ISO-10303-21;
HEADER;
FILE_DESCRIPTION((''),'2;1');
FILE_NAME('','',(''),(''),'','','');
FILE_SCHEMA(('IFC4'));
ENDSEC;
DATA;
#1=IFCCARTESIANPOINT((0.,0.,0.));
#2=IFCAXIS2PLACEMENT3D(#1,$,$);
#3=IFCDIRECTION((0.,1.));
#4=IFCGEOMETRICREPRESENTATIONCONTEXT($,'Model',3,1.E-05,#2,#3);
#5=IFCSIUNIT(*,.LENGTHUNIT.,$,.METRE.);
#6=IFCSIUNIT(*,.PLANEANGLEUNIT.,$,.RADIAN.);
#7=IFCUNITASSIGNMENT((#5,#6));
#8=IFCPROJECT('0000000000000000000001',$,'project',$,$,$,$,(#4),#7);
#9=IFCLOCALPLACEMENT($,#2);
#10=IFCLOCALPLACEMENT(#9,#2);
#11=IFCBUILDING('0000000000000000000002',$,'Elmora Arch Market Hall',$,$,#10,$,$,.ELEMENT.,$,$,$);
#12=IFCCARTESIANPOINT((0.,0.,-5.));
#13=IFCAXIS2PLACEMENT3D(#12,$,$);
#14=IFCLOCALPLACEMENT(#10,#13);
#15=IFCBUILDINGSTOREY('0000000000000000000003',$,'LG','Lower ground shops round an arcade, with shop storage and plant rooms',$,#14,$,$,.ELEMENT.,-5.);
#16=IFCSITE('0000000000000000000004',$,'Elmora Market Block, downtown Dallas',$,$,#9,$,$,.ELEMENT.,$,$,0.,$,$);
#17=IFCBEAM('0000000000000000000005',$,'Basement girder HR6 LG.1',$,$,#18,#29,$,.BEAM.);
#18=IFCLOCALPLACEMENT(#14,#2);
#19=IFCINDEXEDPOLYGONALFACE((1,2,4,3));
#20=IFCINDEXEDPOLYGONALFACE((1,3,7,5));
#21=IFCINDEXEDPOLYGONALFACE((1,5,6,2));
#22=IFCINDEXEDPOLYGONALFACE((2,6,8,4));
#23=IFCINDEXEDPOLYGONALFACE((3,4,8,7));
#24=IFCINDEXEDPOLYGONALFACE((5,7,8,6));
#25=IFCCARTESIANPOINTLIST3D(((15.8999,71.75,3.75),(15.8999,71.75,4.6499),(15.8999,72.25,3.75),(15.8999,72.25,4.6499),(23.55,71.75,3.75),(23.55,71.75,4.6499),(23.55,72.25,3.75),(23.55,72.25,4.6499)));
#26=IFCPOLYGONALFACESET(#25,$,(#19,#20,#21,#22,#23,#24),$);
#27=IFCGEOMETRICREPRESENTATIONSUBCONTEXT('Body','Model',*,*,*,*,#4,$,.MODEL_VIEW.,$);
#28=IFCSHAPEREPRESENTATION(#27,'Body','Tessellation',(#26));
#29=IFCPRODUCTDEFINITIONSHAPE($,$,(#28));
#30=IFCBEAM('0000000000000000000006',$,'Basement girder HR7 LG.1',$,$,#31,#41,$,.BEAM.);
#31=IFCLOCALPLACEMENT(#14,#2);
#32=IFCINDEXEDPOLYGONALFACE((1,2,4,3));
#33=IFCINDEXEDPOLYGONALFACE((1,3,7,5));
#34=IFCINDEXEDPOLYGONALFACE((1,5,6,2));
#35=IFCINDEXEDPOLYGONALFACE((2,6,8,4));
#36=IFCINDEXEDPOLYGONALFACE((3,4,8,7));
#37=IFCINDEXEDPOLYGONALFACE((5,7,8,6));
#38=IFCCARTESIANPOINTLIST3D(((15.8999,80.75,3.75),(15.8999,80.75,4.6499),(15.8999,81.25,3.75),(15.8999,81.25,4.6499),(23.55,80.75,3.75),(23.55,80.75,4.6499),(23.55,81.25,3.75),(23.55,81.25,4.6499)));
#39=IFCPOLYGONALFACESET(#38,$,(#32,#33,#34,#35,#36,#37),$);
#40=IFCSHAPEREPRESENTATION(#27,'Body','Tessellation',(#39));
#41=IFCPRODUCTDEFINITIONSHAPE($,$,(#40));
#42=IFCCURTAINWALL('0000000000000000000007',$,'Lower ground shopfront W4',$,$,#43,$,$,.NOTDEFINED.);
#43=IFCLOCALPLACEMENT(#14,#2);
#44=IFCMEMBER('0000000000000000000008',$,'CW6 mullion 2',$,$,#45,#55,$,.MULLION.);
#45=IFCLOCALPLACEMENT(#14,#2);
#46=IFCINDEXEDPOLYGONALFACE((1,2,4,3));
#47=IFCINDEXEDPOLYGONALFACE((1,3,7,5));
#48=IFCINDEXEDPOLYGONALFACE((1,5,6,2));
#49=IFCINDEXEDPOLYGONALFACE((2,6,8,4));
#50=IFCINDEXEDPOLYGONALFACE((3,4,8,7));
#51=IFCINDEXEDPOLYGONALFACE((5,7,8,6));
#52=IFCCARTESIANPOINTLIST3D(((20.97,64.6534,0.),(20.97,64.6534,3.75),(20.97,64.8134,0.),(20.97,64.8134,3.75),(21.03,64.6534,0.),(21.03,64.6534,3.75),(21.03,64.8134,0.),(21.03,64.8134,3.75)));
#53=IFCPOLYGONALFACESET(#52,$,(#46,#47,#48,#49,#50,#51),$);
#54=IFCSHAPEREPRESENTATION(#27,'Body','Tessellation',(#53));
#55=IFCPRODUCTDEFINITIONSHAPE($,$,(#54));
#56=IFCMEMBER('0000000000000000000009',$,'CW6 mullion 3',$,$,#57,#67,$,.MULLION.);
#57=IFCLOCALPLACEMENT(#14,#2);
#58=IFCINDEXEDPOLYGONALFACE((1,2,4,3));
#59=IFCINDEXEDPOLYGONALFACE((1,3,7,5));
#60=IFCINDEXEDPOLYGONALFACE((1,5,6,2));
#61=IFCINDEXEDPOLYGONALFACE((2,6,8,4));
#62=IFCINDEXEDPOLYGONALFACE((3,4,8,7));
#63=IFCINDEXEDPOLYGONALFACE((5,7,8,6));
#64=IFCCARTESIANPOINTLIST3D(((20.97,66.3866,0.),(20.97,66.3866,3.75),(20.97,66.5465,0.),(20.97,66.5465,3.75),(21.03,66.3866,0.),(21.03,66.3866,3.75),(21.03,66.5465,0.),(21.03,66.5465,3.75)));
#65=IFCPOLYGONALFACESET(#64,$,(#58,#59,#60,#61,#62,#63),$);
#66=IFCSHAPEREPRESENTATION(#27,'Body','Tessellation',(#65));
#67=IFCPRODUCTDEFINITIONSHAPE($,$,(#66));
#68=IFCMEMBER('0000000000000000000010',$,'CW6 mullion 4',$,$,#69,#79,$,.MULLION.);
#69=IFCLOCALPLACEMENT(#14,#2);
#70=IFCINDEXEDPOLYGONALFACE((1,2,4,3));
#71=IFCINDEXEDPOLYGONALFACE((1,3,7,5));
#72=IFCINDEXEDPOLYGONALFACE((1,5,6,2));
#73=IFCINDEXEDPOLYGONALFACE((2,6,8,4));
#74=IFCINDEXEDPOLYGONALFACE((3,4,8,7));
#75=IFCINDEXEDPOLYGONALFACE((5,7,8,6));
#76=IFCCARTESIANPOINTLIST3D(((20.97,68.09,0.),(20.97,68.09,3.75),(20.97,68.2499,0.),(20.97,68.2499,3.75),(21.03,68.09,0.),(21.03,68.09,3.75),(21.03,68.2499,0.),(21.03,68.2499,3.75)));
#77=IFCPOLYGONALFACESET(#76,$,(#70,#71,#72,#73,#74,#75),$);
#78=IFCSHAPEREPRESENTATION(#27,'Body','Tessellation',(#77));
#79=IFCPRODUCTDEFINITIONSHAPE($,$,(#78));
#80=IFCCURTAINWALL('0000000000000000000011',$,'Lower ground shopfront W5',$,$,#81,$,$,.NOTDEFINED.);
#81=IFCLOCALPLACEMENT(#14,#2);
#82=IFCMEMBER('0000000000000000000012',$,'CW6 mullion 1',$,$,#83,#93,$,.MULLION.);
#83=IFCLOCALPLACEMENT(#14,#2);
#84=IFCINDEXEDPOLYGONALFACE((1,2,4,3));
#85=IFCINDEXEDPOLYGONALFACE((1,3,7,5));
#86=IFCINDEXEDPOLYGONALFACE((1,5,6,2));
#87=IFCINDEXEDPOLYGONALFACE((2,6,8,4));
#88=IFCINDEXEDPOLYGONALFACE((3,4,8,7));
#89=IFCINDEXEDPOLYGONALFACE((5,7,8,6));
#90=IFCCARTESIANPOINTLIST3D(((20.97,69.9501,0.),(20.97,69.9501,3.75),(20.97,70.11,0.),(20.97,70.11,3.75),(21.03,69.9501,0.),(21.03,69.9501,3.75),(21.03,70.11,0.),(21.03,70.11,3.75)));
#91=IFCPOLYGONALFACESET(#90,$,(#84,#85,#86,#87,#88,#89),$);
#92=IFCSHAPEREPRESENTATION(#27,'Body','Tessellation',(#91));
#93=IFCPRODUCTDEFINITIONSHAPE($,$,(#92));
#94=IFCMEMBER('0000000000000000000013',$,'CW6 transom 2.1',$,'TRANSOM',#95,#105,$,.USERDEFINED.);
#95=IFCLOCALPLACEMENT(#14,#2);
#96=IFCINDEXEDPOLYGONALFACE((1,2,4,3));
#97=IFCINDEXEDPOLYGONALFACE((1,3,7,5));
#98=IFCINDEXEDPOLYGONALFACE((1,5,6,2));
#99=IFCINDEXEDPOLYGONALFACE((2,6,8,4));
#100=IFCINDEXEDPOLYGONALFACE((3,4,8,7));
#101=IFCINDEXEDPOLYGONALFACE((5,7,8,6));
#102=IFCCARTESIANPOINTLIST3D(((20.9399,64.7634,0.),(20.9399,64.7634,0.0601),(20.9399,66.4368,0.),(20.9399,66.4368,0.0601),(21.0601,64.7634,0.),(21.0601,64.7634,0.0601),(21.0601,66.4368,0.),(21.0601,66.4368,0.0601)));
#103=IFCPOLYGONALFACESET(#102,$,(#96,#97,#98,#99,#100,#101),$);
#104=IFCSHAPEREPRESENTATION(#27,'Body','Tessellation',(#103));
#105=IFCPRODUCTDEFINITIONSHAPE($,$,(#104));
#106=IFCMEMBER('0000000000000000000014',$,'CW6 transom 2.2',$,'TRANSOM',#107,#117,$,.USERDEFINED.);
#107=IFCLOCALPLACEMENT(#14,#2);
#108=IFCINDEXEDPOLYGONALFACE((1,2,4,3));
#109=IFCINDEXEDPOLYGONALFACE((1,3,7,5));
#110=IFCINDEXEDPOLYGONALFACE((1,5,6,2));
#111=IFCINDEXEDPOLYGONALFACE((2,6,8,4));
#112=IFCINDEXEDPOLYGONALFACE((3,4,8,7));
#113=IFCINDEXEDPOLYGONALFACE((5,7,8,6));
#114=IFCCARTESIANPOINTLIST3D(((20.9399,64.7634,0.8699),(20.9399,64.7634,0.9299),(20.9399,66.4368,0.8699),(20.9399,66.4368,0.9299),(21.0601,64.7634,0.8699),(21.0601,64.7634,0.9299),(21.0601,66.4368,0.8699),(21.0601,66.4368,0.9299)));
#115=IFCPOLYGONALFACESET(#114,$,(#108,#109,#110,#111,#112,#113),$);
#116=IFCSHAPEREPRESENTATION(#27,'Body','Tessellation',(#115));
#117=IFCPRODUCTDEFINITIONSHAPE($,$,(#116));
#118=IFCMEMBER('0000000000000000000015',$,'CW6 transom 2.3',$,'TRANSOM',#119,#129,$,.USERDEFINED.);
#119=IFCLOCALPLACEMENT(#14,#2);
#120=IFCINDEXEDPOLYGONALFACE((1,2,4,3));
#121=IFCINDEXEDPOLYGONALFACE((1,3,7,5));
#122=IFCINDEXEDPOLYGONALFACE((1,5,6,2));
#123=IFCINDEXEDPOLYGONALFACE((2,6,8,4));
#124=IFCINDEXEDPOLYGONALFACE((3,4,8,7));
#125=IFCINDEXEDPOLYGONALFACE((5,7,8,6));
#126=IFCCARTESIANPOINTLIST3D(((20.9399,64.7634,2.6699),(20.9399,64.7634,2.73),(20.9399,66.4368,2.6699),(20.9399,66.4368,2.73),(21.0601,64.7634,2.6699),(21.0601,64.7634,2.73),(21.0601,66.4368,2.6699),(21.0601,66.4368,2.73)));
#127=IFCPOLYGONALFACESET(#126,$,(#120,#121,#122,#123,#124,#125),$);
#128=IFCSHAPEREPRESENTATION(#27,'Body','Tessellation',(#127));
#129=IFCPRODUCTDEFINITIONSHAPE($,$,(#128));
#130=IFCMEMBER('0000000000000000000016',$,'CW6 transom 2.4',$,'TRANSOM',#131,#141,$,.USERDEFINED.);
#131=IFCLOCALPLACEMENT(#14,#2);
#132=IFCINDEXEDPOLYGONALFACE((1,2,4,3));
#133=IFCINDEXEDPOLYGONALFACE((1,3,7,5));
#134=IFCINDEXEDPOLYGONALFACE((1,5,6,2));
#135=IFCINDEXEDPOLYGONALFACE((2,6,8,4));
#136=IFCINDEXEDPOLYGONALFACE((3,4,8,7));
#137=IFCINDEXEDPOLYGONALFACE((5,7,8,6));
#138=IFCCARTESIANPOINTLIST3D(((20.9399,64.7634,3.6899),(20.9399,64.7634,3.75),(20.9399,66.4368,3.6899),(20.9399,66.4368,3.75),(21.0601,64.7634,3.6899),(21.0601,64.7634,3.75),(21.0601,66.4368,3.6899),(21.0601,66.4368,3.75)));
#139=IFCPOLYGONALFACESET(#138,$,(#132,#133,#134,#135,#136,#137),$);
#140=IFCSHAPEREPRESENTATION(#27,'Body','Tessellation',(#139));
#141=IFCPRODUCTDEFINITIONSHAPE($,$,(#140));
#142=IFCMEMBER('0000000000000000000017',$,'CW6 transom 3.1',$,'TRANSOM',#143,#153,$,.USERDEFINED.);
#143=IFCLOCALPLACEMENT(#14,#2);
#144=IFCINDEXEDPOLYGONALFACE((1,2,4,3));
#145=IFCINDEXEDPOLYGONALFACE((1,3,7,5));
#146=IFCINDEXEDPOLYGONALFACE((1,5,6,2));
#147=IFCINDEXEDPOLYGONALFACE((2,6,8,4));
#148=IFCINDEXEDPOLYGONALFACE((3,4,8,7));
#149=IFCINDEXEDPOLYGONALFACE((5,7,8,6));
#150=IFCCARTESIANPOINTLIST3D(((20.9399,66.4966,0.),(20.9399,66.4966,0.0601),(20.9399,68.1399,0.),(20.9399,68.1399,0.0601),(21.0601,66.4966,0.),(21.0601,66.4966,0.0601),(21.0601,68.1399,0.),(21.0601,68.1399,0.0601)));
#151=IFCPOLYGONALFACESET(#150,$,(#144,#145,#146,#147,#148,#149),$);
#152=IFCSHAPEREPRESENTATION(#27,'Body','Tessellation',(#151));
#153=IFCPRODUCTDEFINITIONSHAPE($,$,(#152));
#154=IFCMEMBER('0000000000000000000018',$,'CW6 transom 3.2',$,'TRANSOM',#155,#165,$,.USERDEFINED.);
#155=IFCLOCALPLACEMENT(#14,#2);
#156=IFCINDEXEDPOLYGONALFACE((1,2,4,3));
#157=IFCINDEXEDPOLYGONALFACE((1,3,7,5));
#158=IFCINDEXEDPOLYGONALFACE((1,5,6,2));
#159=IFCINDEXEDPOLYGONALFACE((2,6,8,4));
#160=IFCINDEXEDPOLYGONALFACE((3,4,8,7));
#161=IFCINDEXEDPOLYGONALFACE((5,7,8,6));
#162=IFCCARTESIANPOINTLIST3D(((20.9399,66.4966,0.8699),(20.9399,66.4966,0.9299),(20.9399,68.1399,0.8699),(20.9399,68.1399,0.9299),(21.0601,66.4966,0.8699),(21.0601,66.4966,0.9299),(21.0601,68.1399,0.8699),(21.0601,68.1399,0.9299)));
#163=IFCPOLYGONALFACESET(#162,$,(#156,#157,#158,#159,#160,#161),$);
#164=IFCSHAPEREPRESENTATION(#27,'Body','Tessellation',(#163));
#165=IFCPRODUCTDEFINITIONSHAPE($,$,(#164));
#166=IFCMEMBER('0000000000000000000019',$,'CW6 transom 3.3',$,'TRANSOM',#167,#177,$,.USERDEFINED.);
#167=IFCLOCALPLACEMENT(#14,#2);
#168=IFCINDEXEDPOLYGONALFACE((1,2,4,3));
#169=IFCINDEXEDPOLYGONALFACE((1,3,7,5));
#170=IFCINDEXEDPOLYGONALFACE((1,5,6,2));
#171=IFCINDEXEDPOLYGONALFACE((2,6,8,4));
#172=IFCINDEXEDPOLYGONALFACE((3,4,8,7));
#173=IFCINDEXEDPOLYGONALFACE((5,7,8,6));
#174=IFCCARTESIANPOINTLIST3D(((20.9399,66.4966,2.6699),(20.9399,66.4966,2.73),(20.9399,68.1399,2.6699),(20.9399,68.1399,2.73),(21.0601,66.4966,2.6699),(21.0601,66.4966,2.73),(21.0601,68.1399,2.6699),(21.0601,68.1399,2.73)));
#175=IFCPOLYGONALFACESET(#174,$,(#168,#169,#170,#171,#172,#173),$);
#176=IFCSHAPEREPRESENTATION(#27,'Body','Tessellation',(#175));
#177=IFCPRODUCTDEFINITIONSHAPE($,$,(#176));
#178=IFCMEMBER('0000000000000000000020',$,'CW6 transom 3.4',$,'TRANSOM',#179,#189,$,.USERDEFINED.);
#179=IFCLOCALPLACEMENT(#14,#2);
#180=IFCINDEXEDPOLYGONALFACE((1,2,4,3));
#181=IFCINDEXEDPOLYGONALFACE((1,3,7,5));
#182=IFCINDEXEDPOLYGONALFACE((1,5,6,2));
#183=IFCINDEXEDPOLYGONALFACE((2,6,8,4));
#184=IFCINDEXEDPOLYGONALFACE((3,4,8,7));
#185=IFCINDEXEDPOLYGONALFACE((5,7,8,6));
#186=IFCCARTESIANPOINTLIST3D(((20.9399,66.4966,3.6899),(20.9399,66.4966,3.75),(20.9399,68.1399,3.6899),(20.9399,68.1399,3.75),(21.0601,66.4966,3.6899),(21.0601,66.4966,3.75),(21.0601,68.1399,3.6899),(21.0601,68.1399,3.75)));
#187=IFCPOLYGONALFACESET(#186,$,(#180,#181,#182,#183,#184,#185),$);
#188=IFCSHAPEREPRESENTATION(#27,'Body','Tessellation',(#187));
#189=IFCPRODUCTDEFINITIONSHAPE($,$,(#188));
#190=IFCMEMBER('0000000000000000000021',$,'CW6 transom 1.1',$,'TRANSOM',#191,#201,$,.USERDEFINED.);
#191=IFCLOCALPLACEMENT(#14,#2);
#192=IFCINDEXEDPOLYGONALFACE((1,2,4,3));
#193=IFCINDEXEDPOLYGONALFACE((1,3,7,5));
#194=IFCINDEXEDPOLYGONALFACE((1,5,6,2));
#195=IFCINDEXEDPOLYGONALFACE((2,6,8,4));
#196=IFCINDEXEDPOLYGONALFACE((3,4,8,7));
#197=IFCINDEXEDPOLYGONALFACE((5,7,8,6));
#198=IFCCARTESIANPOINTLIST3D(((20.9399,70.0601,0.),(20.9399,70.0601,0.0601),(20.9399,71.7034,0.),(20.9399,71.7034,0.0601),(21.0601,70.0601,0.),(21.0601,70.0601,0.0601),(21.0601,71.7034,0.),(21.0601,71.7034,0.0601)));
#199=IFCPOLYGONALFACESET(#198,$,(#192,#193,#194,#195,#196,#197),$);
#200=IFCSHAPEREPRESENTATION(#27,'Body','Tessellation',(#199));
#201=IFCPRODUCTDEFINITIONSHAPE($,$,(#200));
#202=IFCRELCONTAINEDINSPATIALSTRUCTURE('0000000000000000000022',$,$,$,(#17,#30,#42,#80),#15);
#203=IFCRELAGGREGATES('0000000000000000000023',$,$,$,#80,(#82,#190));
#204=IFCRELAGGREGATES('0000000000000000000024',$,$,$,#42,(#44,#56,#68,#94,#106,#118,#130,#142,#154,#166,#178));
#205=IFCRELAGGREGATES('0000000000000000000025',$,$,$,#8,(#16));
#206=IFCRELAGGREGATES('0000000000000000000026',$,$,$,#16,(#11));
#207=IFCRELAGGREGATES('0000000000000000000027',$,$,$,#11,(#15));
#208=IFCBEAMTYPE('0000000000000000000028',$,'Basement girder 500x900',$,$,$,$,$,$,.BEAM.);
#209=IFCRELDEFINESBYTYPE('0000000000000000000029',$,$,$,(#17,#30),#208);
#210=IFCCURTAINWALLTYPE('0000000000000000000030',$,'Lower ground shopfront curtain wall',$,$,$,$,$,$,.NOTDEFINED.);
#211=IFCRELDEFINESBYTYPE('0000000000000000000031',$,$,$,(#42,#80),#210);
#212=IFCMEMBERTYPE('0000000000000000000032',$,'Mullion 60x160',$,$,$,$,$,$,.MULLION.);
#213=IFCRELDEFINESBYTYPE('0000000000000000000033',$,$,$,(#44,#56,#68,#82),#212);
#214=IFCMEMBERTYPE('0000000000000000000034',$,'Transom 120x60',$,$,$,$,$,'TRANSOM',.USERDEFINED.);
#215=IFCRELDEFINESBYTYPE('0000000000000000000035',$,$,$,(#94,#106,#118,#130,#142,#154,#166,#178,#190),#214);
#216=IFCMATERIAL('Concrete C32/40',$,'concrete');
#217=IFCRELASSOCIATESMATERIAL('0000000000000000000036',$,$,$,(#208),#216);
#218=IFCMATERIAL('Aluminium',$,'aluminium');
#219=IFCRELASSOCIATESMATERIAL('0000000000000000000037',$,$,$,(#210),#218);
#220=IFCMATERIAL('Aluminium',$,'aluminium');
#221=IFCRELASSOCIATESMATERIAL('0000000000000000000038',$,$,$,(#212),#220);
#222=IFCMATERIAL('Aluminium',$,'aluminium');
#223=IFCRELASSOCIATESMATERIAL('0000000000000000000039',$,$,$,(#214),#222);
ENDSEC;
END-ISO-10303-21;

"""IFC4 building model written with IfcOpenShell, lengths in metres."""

from ifc_helpers import new_model, si_unit, direction, frame, origin, origin_2d, place, context, subcontext, project, spatial, rectangle, extrude, material, material_profile, profile_set, type_object, element, aggregate, save


model = new_model("IFC4")

# Units and contexts
model_context = context("Model", 3, precision=1e-05, world=origin(), true_north=direction((0.0, 1.0)))
body_context = subcontext(model_context, "Body", "Model", "MODEL_VIEW")
ifc_project = project(units=[si_unit("LENGTHUNIT", "METRE"), si_unit("PLANEANGLEUNIT", "RADIAN")], contexts=[model_context])

# Site, building, storey
site_placement = place(None, origin())
site = spatial("IfcSite", under=ifc_project, at=site_placement, Name="Elmora Market Block, downtown Dallas", CompositionType="ELEMENT", RefElevation=0.0)
building_placement = place(site_placement, origin())
building = spatial("IfcBuilding", under=site, at=building_placement, Name="Elmora Arch Market Hall", CompositionType="ELEMENT")
storey_placement = place(building_placement, frame((0.0, 0.0, -5.0)))
storey = spatial("IfcBuildingStorey", under=building, at=storey_placement, Name="LG", Description="Lower ground shops round an arcade, with shop storage and plant rooms", CompositionType="ELEMENT", Elevation=-5.0)

# Beams
ifc_material_1 = material(Name="Concrete C32/40", Category="concrete")
ifc_material_profile_1 = material_profile(ifc_material_1, rectangle(XDim=0.5, YDim=0.8999, at=origin_2d()), Name="Basement girder 500x900")
ifc_profile_set_1 = profile_set([ifc_material_profile_1], Name="Concrete C32/40")
beam_type = type_object("IfcBeamType", Name="Basement girder 500x900", PredefinedType="BEAM", material=ifc_profile_set_1)
for number, where, z_axis, x_axis, name in (
    (1, (15.8999, 72.0, 4.2), (1.0, 0.0, 0.0), (0.0, 1.0, 0.0), "Basement girder HR6 LG.1"),
    (2, (15.8999, 81.0, 4.2), (1.0, 0.0, 0.0), (0.0, 1.0, 0.0), "Basement girder HR7 LG.1"),
):
    element("IfcBeam", number, at=place(storey_placement, frame(where, z_axis=z_axis, x_axis=x_axis)), inside=storey, type_object=beam_type, Name=name, PredefinedType="BEAM", context=body_context, shape_type="SweptSolid", body=[
        extrude(rectangle(XDim=0.5, YDim=0.8999, at=origin_2d()), origin(), (0.0, 0.0, 1.0), 7.6501),
    ])

# Curtain wall, members
ifc_material_2 = material(Name="Aluminium", Category="aluminium")
curtain_wall_type = type_object("IfcCurtainWallType", Name="Lower ground shopfront curtain wall", PredefinedType="NOTDEFINED", material=ifc_material_2)
curtain_wall_1_placement = place(storey_placement, origin())
curtain_wall_1 = element("IfcCurtainWall", 3, at=curtain_wall_1_placement, inside=storey, type_object=curtain_wall_type, Name="Lower ground shopfront W4", PredefinedType="NOTDEFINED")
ifc_material_3 = material(Name="Aluminium", Category="aluminium")
ifc_material_profile_2 = material_profile(ifc_material_3, rectangle(XDim=0.0601, YDim=0.1599, at=origin_2d()), Name="AL 60x160")
ifc_profile_set_2 = profile_set([ifc_material_profile_2], Name="Aluminium")
member_type_1 = type_object("IfcMemberType", Name="Mullion 60x160", PredefinedType="MULLION", material=ifc_profile_set_2)
member_1_placement = place(storey_placement, frame((21.0, 64.7334, 0.0), z_axis=(0.0, 0.0, 1.0), x_axis=(-1.0, 0.0, 0.0)))
member_1 = element("IfcMember", 4, at=member_1_placement, type_object=member_type_1, Name="CW6 mullion 2", PredefinedType="MULLION", context=body_context, shape_type="SweptSolid", body=[
    extrude(rectangle(XDim=0.0601, YDim=0.1599, at=origin_2d()), origin(), (0.0, 0.0, 1.0), 3.75),
])
member_2_placement = place(storey_placement, frame((21.0, 66.4666, 0.0), z_axis=(0.0, 0.0, 1.0), x_axis=(-1.0, 0.0, 0.0)))
member_2 = element("IfcMember", 5, at=member_2_placement, type_object=member_type_1, Name="CW6 mullion 3", PredefinedType="MULLION", context=body_context, shape_type="SweptSolid", body=[
    extrude(rectangle(XDim=0.0601, YDim=0.1599, at=origin_2d()), origin(), (0.0, 0.0, 1.0), 3.75),
])
member_3_placement = place(storey_placement, frame((21.0, 68.1699, 0.0), z_axis=(0.0, 0.0, 1.0), x_axis=(-1.0, 0.0, 0.0)))
member_3 = element("IfcMember", 6, at=member_3_placement, type_object=member_type_1, Name="CW6 mullion 4", PredefinedType="MULLION", context=body_context, shape_type="SweptSolid", body=[
    extrude(rectangle(XDim=0.0601, YDim=0.1599, at=origin_2d()), origin(), (0.0, 0.0, 1.0), 3.75),
])

# Curtain wall, member
curtain_wall_2_placement = place(storey_placement, origin())
curtain_wall_2 = element("IfcCurtainWall", 7, at=curtain_wall_2_placement, inside=storey, type_object=curtain_wall_type, Name="Lower ground shopfront W5", PredefinedType="NOTDEFINED")
member_4_placement = place(storey_placement, frame((21.0, 70.03, 0.0), z_axis=(0.0, 0.0, 1.0), x_axis=(-1.0, 0.0, 0.0)))
member_4 = element("IfcMember", 8, at=member_4_placement, type_object=member_type_1, Name="CW6 mullion 1", PredefinedType="MULLION", context=body_context, shape_type="SweptSolid", body=[
    extrude(rectangle(XDim=0.0601, YDim=0.1599, at=origin_2d()), origin(), (0.0, 0.0, 1.0), 3.75),
])

# Members
ifc_material_4 = material(Name="Aluminium", Category="aluminium")
ifc_material_profile_3 = material_profile(ifc_material_4, rectangle(XDim=0.1201, YDim=0.0601, at=origin_2d()), Name="AL 120x60")
ifc_profile_set_3 = profile_set([ifc_material_profile_3], Name="Aluminium")
member_type_2 = type_object("IfcMemberType", Name="Transom 120x60", ElementType="TRANSOM", PredefinedType="USERDEFINED", material=ifc_profile_set_3)
member_5_placement = place(storey_placement, frame((21.0, 64.7634, 0.03), z_axis=(0.0, 1.0, 0.0), x_axis=(-1.0, 0.0, 0.0)))
member_5 = element("IfcMember", 9, at=member_5_placement, type_object=member_type_2, Name="CW6 transom 2.1", ObjectType="TRANSOM", PredefinedType="USERDEFINED", context=body_context, shape_type="SweptSolid", body=[
    extrude(rectangle(XDim=0.1201, YDim=0.0601, at=origin_2d()), origin(), (0.0, 0.0, 1.0), 1.6733),
])
member_6_placement = place(storey_placement, frame((21.0, 64.7634, 0.8999), z_axis=(0.0, 1.0, 0.0), x_axis=(-1.0, 0.0, 0.0)))
member_6 = element("IfcMember", 10, at=member_6_placement, type_object=member_type_2, Name="CW6 transom 2.2", ObjectType="TRANSOM", PredefinedType="USERDEFINED", context=body_context, shape_type="SweptSolid", body=[
    extrude(rectangle(XDim=0.1201, YDim=0.0601, at=origin_2d()), origin(), (0.0, 0.0, 1.0), 1.6733),
])
member_7_placement = place(storey_placement, frame((21.0, 64.7634, 2.7), z_axis=(0.0, 1.0, 0.0), x_axis=(-1.0, 0.0, 0.0)))
member_7 = element("IfcMember", 11, at=member_7_placement, type_object=member_type_2, Name="CW6 transom 2.3", ObjectType="TRANSOM", PredefinedType="USERDEFINED", context=body_context, shape_type="SweptSolid", body=[
    extrude(rectangle(XDim=0.1201, YDim=0.0601, at=origin_2d()), origin(), (0.0, 0.0, 1.0), 1.6733),
])
member_8_placement = place(storey_placement, frame((21.0, 64.7634, 3.72), z_axis=(0.0, 1.0, 0.0), x_axis=(-1.0, 0.0, 0.0)))
member_8 = element("IfcMember", 12, at=member_8_placement, type_object=member_type_2, Name="CW6 transom 2.4", ObjectType="TRANSOM", PredefinedType="USERDEFINED", context=body_context, shape_type="SweptSolid", body=[
    extrude(rectangle(XDim=0.1201, YDim=0.0601, at=origin_2d()), origin(), (0.0, 0.0, 1.0), 1.6733),
])
member_9_placement = place(storey_placement, frame((21.0, 66.4966, 0.03), z_axis=(0.0, 1.0, 0.0), x_axis=(-1.0, 0.0, 0.0)))
member_9 = element("IfcMember", 13, at=member_9_placement, type_object=member_type_2, Name="CW6 transom 3.1", ObjectType="TRANSOM", PredefinedType="USERDEFINED", context=body_context, shape_type="SweptSolid", body=[
    extrude(rectangle(XDim=0.1201, YDim=0.0601, at=origin_2d()), origin(), (0.0, 0.0, 1.0), 1.6433),
])
member_10_placement = place(storey_placement, frame((21.0, 66.4966, 0.8999), z_axis=(0.0, 1.0, 0.0), x_axis=(-1.0, 0.0, 0.0)))
member_10 = element("IfcMember", 14, at=member_10_placement, type_object=member_type_2, Name="CW6 transom 3.2", ObjectType="TRANSOM", PredefinedType="USERDEFINED", context=body_context, shape_type="SweptSolid", body=[
    extrude(rectangle(XDim=0.1201, YDim=0.0601, at=origin_2d()), origin(), (0.0, 0.0, 1.0), 1.6433),
])
member_11_placement = place(storey_placement, frame((21.0, 66.4966, 2.7), z_axis=(0.0, 1.0, 0.0), x_axis=(-1.0, 0.0, 0.0)))
member_11 = element("IfcMember", 15, at=member_11_placement, type_object=member_type_2, Name="CW6 transom 3.3", ObjectType="TRANSOM", PredefinedType="USERDEFINED", context=body_context, shape_type="SweptSolid", body=[
    extrude(rectangle(XDim=0.1201, YDim=0.0601, at=origin_2d()), origin(), (0.0, 0.0, 1.0), 1.6433),
])
member_12_placement = place(storey_placement, frame((21.0, 66.4966, 3.72), z_axis=(0.0, 1.0, 0.0), x_axis=(-1.0, 0.0, 0.0)))
member_12 = element("IfcMember", 16, at=member_12_placement, type_object=member_type_2, Name="CW6 transom 3.4", ObjectType="TRANSOM", PredefinedType="USERDEFINED", context=body_context, shape_type="SweptSolid", body=[
    extrude(rectangle(XDim=0.1201, YDim=0.0601, at=origin_2d()), origin(), (0.0, 0.0, 1.0), 1.6433),
])
member_13_placement = place(storey_placement, frame((21.0, 70.0601, 0.03), z_axis=(0.0, 1.0, 0.0), x_axis=(-1.0, 0.0, 0.0)))
member_13 = element("IfcMember", 17, at=member_13_placement, type_object=member_type_2, Name="CW6 transom 1.1", ObjectType="TRANSOM", PredefinedType="USERDEFINED", context=body_context, shape_type="SweptSolid", body=[
    extrude(rectangle(XDim=0.1201, YDim=0.0601, at=origin_2d()), origin(), (0.0, 0.0, 1.0), 1.6433),
])
aggregate(curtain_wall_2, [member_4, member_13])

aggregate(curtain_wall_1, [member_1, member_2, member_3, member_5, member_6, member_7, member_8, member_9, member_10, member_11, member_12])

save(model, "model.ifc")
